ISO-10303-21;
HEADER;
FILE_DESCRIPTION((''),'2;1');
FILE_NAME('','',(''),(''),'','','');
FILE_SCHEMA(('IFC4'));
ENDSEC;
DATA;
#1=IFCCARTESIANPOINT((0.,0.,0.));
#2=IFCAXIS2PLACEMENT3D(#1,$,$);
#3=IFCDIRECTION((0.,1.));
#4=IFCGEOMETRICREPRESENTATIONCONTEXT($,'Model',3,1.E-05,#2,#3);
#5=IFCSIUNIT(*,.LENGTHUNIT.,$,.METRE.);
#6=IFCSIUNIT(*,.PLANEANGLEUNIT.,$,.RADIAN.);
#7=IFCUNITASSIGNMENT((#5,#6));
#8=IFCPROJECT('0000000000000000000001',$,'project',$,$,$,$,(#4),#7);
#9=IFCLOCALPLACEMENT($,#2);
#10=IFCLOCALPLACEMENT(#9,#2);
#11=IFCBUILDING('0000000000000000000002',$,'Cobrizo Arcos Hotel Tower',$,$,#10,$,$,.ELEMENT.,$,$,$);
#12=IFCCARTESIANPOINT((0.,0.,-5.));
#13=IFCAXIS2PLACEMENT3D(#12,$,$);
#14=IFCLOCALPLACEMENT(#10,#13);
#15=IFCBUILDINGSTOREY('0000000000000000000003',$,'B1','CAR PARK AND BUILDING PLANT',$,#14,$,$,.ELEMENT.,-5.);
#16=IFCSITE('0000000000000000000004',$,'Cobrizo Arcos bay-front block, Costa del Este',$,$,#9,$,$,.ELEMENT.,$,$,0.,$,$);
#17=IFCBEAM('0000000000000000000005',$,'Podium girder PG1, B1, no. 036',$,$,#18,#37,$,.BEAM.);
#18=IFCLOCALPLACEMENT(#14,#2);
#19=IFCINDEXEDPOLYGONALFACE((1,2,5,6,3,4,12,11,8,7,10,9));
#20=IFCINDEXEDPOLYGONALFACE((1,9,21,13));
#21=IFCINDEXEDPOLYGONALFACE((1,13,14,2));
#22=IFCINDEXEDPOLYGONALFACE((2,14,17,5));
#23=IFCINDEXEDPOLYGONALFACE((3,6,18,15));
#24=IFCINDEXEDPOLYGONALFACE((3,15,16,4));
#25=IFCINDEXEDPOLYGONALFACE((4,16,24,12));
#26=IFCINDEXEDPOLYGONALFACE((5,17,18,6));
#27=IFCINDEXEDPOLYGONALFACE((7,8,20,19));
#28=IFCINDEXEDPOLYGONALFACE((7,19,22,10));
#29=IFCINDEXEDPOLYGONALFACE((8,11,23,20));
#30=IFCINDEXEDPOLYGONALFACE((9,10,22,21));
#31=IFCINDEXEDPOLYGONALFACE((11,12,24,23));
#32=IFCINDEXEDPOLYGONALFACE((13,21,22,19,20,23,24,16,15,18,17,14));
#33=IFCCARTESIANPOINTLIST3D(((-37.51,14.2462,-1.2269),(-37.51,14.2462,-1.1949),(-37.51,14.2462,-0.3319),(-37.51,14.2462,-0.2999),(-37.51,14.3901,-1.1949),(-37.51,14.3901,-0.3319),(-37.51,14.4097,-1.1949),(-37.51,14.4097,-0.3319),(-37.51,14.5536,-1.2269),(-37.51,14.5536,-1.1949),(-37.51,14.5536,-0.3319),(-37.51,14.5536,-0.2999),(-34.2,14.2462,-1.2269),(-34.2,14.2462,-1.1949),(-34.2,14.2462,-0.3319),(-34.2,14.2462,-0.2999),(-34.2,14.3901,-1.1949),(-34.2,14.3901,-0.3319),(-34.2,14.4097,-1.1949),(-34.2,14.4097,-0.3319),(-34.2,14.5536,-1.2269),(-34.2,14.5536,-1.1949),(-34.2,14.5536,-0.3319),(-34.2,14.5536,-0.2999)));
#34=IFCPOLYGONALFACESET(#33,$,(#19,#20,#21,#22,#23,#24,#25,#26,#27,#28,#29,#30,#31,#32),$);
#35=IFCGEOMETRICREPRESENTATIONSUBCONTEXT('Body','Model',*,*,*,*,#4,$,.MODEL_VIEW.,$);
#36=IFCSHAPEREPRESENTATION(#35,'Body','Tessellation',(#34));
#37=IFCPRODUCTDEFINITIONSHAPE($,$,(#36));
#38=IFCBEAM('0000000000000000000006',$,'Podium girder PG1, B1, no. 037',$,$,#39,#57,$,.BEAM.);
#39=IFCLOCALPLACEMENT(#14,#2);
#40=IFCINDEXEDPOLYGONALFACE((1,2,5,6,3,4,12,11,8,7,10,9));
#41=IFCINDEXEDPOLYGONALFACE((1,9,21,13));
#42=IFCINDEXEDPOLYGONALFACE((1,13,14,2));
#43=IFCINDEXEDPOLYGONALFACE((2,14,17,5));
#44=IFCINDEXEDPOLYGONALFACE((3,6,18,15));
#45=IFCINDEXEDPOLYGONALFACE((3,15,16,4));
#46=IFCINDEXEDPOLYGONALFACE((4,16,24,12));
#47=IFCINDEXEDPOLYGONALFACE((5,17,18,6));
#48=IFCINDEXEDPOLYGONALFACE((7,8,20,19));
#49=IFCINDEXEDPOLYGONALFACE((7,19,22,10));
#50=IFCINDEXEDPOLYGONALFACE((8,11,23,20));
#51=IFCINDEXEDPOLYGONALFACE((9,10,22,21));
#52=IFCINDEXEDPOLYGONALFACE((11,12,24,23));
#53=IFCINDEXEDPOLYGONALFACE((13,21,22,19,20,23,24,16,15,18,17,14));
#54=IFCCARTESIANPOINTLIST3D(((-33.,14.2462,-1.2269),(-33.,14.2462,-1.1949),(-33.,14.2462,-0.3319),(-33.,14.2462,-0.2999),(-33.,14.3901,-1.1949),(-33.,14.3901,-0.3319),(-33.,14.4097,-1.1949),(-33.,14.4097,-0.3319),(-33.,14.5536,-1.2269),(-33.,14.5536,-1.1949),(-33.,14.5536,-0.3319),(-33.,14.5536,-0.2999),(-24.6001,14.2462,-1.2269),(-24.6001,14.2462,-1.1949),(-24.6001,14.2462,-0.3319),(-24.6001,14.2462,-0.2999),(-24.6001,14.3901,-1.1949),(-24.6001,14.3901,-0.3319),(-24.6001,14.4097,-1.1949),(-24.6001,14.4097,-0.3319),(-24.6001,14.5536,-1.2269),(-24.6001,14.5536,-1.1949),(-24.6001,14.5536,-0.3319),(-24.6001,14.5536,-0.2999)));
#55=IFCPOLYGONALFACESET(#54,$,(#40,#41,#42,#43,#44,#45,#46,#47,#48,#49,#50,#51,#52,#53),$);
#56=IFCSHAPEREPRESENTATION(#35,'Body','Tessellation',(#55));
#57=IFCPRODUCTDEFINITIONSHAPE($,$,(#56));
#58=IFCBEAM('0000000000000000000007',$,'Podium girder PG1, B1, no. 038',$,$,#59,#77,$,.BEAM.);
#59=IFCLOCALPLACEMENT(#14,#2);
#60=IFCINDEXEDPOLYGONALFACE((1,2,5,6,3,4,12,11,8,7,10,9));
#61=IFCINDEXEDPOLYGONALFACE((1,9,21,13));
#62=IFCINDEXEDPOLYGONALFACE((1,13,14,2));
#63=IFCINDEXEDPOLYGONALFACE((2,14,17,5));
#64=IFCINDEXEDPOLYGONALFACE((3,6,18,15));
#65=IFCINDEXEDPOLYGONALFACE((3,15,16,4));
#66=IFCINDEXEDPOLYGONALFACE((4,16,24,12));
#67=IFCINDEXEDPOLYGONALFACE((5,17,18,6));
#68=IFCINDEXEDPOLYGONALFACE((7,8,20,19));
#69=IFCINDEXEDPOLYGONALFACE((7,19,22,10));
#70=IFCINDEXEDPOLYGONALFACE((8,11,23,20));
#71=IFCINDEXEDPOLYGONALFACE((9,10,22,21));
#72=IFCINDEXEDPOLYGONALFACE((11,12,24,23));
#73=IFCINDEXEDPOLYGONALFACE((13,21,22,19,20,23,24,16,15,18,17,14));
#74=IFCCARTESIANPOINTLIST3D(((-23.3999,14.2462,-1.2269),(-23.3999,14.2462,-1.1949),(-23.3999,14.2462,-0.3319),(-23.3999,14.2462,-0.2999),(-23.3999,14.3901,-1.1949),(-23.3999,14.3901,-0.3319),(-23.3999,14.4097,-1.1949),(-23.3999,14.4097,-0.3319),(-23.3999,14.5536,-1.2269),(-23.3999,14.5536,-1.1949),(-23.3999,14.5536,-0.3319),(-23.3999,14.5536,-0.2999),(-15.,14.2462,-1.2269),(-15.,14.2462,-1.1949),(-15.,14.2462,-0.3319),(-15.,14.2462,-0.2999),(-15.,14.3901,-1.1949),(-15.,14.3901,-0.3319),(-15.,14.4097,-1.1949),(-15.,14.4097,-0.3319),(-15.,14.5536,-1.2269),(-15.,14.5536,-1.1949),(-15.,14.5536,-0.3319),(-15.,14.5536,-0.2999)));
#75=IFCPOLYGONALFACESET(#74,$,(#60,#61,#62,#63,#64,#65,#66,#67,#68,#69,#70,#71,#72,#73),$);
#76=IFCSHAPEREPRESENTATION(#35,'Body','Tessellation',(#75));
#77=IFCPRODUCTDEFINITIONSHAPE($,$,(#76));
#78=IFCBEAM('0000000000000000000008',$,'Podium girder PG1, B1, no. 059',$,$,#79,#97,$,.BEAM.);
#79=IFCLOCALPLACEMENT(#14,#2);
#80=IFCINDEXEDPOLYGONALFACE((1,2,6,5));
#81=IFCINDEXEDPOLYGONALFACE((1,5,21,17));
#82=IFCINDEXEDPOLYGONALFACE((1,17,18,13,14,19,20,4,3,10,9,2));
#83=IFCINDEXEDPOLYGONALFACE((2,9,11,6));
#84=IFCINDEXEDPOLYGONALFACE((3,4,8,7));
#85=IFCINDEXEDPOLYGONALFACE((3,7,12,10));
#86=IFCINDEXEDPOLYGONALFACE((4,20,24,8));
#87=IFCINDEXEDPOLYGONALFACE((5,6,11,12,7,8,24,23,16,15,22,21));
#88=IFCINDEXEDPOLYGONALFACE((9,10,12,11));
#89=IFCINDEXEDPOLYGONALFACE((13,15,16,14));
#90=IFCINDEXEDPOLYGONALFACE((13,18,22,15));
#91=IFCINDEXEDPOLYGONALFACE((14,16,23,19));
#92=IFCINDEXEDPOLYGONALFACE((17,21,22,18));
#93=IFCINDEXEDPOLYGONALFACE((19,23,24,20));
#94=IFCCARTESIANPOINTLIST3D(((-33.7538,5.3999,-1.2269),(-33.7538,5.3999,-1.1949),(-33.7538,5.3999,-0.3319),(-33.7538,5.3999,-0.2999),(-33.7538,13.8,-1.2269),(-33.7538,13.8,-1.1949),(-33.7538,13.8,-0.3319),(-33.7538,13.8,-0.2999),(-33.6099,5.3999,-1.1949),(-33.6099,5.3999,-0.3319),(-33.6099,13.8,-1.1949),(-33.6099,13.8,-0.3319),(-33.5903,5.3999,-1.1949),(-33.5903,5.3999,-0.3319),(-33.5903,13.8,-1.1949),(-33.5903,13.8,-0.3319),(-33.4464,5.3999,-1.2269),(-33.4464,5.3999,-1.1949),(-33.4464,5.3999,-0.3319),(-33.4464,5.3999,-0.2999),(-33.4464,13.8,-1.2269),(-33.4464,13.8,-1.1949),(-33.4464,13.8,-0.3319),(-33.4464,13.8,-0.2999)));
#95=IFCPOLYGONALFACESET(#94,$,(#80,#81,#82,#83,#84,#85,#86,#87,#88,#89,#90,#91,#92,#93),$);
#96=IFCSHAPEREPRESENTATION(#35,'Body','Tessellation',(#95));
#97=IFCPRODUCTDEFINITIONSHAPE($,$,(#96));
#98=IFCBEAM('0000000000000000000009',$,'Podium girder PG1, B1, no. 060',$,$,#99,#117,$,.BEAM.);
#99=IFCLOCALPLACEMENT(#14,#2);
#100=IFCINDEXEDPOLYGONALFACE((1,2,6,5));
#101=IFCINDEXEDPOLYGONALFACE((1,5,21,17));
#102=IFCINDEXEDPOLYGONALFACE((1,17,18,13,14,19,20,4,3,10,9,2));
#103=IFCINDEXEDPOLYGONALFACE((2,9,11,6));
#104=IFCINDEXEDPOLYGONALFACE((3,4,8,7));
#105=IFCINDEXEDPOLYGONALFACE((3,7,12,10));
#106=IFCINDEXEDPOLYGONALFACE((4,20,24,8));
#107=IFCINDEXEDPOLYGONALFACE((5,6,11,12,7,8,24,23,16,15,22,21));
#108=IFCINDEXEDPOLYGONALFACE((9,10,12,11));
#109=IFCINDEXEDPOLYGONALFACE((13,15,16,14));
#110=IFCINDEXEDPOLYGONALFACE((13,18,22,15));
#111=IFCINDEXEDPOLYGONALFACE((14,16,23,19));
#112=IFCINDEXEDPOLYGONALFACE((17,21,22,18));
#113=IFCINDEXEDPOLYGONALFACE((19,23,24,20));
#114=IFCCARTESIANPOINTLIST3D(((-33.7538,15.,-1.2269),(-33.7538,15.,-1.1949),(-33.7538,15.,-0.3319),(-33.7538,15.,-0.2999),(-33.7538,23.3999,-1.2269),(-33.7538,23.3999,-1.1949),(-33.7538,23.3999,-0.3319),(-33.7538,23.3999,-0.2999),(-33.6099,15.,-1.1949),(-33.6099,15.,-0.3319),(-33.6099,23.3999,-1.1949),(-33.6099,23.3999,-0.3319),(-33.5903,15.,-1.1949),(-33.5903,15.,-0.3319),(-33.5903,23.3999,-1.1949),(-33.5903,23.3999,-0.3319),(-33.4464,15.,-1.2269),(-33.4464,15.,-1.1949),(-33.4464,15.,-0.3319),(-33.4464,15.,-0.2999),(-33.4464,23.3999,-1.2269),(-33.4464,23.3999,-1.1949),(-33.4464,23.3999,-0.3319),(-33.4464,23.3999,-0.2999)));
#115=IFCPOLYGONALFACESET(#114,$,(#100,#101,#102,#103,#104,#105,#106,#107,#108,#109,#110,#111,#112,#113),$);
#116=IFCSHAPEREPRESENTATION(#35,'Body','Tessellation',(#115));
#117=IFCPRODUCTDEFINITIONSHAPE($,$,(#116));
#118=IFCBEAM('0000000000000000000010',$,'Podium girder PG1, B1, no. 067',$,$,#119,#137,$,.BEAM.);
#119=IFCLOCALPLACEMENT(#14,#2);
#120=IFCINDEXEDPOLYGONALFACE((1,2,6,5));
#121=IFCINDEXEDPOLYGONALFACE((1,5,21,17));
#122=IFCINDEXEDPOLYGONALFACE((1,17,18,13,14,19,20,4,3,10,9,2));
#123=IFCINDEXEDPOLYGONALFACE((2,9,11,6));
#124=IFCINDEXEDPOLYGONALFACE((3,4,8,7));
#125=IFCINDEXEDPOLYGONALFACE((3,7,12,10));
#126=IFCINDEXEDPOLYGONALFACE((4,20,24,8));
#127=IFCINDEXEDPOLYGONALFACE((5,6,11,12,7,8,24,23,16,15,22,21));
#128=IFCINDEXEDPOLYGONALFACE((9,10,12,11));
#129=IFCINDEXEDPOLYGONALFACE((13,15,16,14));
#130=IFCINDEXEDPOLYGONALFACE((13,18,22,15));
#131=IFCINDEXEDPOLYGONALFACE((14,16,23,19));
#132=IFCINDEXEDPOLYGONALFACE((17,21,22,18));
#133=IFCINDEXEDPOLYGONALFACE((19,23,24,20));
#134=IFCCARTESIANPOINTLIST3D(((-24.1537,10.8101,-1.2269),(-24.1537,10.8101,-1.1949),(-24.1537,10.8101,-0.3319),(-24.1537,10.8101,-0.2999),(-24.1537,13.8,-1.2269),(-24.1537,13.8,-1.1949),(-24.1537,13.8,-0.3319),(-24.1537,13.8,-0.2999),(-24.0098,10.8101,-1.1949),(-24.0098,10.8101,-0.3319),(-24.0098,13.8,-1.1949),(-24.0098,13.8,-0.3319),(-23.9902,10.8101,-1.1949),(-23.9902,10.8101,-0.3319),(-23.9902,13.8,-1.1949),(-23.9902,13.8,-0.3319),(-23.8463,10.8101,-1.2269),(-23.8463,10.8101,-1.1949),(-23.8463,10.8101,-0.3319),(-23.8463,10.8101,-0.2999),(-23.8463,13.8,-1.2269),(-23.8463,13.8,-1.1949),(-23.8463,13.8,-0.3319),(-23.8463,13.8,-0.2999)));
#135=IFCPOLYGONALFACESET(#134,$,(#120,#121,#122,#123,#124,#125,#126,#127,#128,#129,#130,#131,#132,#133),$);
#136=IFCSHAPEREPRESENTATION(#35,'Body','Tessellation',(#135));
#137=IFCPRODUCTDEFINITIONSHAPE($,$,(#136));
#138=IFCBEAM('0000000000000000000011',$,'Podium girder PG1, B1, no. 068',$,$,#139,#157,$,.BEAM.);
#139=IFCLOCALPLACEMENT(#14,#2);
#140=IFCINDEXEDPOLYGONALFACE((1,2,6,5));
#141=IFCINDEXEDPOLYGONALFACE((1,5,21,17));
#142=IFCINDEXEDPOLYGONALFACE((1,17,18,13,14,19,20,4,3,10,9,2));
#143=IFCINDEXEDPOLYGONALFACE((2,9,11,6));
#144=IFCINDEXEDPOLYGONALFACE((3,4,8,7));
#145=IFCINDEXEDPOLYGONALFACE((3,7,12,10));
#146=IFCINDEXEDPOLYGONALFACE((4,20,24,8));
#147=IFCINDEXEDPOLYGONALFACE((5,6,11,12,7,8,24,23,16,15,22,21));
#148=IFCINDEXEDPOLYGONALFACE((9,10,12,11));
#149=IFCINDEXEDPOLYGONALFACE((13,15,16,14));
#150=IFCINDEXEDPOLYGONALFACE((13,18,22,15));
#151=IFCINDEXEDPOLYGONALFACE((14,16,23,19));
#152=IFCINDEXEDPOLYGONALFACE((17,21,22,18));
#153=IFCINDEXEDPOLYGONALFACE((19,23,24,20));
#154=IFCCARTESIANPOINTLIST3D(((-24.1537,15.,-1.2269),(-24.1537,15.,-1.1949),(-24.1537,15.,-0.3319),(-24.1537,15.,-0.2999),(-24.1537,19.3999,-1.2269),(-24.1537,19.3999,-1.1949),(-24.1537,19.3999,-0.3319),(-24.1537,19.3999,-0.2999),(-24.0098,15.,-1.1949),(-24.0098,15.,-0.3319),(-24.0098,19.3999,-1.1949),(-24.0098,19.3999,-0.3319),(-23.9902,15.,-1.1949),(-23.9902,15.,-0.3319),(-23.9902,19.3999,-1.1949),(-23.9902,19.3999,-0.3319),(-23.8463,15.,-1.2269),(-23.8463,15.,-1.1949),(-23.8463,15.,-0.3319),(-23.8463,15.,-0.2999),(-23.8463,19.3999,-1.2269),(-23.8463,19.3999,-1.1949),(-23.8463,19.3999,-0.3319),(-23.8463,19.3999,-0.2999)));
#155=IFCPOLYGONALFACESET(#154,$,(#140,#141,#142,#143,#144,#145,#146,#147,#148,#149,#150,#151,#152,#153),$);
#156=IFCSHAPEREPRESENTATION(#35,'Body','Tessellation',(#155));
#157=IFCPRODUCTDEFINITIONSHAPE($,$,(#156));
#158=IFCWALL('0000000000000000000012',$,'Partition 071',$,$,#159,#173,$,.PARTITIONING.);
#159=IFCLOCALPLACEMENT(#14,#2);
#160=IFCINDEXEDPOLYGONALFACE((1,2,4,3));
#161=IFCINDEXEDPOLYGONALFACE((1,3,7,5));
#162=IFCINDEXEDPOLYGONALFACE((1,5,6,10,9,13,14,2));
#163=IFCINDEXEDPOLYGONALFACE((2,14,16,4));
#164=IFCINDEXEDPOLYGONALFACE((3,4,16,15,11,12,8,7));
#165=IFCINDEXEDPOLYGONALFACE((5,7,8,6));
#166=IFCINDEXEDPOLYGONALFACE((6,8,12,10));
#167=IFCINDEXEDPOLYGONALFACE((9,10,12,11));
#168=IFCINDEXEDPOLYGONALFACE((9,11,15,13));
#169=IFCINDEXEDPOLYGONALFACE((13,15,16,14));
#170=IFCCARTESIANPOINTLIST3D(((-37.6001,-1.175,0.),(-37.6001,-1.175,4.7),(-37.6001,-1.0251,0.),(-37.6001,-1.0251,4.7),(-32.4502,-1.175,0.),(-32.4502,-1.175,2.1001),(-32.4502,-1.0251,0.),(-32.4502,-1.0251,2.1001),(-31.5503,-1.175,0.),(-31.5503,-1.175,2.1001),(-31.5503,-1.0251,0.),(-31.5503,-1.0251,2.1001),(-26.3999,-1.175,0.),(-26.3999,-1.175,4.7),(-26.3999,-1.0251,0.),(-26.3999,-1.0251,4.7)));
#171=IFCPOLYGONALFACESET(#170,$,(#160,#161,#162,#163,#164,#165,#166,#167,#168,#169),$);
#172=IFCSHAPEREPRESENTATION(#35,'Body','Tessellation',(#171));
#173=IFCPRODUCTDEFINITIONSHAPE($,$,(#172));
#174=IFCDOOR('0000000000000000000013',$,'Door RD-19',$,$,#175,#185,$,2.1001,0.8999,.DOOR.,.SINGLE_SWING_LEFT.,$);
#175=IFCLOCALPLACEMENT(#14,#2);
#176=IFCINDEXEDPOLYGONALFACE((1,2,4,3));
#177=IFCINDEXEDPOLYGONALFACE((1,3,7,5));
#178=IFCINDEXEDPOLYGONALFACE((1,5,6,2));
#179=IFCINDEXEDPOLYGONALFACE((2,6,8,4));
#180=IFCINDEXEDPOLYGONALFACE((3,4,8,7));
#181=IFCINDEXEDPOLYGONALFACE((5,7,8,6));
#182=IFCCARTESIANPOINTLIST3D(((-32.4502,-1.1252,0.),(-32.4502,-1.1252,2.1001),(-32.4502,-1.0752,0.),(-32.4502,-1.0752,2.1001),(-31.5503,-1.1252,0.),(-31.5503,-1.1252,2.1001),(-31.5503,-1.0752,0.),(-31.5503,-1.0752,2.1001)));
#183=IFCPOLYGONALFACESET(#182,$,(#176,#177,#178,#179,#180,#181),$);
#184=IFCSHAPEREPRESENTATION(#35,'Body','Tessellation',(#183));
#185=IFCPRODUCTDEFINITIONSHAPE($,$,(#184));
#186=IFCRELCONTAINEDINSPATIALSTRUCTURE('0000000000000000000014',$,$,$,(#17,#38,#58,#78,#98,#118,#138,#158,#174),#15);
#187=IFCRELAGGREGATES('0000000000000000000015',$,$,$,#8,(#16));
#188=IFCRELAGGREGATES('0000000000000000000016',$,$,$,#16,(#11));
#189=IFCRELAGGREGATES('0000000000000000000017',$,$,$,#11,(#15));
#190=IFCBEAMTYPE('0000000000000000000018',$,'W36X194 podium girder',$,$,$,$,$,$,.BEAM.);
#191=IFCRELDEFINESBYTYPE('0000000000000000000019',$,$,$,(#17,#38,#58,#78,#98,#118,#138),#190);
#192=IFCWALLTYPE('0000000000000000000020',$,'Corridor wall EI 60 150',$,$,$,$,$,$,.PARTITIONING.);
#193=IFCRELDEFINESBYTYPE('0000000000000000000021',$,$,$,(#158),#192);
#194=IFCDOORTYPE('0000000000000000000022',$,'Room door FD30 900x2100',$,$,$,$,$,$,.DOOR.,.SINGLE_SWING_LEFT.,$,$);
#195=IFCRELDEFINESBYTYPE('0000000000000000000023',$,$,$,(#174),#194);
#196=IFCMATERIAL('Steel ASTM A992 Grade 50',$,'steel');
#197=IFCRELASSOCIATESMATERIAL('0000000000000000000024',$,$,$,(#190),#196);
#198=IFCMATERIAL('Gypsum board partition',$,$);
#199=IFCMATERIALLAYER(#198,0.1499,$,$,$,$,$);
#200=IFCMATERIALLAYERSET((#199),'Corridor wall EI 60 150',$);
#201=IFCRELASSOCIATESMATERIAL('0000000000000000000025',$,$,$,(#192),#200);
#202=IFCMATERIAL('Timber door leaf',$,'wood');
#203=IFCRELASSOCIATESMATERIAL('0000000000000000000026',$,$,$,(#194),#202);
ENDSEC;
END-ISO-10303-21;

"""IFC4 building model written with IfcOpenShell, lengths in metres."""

from ifc_helpers import new_model, si_unit, direction, frame, frame_2d, origin, origin_2d, place, context, subcontext, project, spatial, rectangle, i_section, extrude, material, layer, layer_set, material_profile, profile_set, type_object, element, fill, save


model = new_model("IFC4")

# Units and contexts
model_context = context("Model", 3, precision=1e-05, world=origin(), true_north=direction((0.0, 1.0)))
body_context = subcontext(model_context, "Body", "Model", "MODEL_VIEW")
ifc_project = project(units=[si_unit("LENGTHUNIT", "METRE"), si_unit("PLANEANGLEUNIT", "RADIAN")], contexts=[model_context])

# Site, building, storey
site_placement = place(None, origin())
site = spatial("IfcSite", under=ifc_project, at=site_placement, Name="Cobrizo Arcos bay-front block, Costa del Este", CompositionType="ELEMENT", RefElevation=0.0)
building_placement = place(site_placement, origin())
building = spatial("IfcBuilding", under=site, at=building_placement, Name="Cobrizo Arcos Hotel Tower", CompositionType="ELEMENT")
storey_placement = place(building_placement, frame((0.0, 0.0, -5.0)))
storey = spatial("IfcBuildingStorey", under=building, at=storey_placement, Name="B1", Description="CAR PARK AND BUILDING PLANT", CompositionType="ELEMENT", Elevation=-5.0)

# Beams
ifc_material_1 = material(Name="Steel ASTM A992 Grade 50", Category="steel")
ifc_material_profile_1 = material_profile(ifc_material_1, i_section(OverallWidth=0.3074, OverallDepth=0.927, WebThickness=0.0195, FlangeThickness=0.032, at=origin_2d()), Name="W36X194")
ifc_profile_set_1 = profile_set([ifc_material_profile_1], Name="Steel ASTM A992 Grade 50")
beam_type_1 = type_object("IfcBeamType", Name="W36X194 podium girder", PredefinedType="BEAM", material=ifc_profile_set_1)
beam_1_placement = place(storey_placement, frame((-37.51, 14.3999, -0.7634), z_axis=(1.0, 0.0, 0.0), x_axis=(0.0, 1.0, 0.0)))
element("IfcBeam", 1, at=beam_1_placement, inside=storey, type_object=beam_type_1, Name="Podium girder PG1, B1, no. 036", PredefinedType="BEAM", context=body_context, shape_type="SweptSolid", body=[
    extrude(i_section(OverallWidth=0.3074, OverallDepth=0.927, WebThickness=0.0195, FlangeThickness=0.032, at=origin_2d()), origin(), (0.0, 0.0, 1.0), 3.3101),
])
for number, where, z_axis, x_axis, name in (
    (2, (-33.0, 14.3999, -0.7634), (1.0, 0.0, 0.0), (0.0, 1.0, 0.0), "Podium girder PG1, B1, no. 037"),
    (3, (-23.3999, 14.3999, -0.7634), (1.0, 0.0, 0.0), (0.0, 1.0, 0.0), "Podium girder PG1, B1, no. 038"),
):
    element("IfcBeam", number, at=place(storey_placement, frame(where, z_axis=z_axis, x_axis=x_axis)), inside=storey, type_object=beam_type_1, Name=name, PredefinedType="BEAM", context=body_context, shape_type="SweptSolid", body=[
        extrude(i_section(OverallWidth=0.3074, OverallDepth=0.927, WebThickness=0.0195, FlangeThickness=0.032, at=origin_2d()), origin(), (0.0, 0.0, 1.0), 8.3999),
    ])
beam_2_placement = place(storey_placement, frame((-33.6001, 5.3999, -0.7634), z_axis=(0.0, 1.0, 0.0), x_axis=(-1.0, 0.0, 0.0)))
element("IfcBeam", 4, at=beam_2_placement, inside=storey, type_object=beam_type_1, Name="Podium girder PG1, B1, no. 059", PredefinedType="BEAM", context=body_context, shape_type="SweptSolid", body=[
    extrude(i_section(OverallWidth=0.3074, OverallDepth=0.927, WebThickness=0.0195, FlangeThickness=0.032, at=origin_2d()), origin(), (0.0, 0.0, 1.0), 8.4001),
])
beam_3_placement = place(storey_placement, frame((-33.6001, 15.0, -0.7634), z_axis=(0.0, 1.0, 0.0), x_axis=(-1.0, 0.0, 0.0)))
element("IfcBeam", 5, at=beam_3_placement, inside=storey, type_object=beam_type_1, Name="Podium girder PG1, B1, no. 060", PredefinedType="BEAM", context=body_context, shape_type="SweptSolid", body=[
    extrude(i_section(OverallWidth=0.3074, OverallDepth=0.927, WebThickness=0.0195, FlangeThickness=0.032, at=origin_2d()), origin(), (0.0, 0.0, 1.0), 8.3999),
])
beam_4_placement = place(storey_placement, frame((-24.0, 10.8101, -0.7634), z_axis=(0.0, 1.0, 0.0), x_axis=(-1.0, 0.0, 0.0)))
element("IfcBeam", 6, at=beam_4_placement, inside=storey, type_object=beam_type_1, Name="Podium girder PG1, B1, no. 067", PredefinedType="BEAM", context=body_context, shape_type="SweptSolid", body=[
    extrude(i_section(OverallWidth=0.3074, OverallDepth=0.927, WebThickness=0.0195, FlangeThickness=0.032, at=origin_2d()), origin(), (0.0, 0.0, 1.0), 2.99),
])
beam_5_placement = place(storey_placement, frame((-24.0, 15.0, -0.7634), z_axis=(0.0, 1.0, 0.0), x_axis=(-1.0, 0.0, 0.0)))
element("IfcBeam", 7, at=beam_5_placement, inside=storey, type_object=beam_type_1, Name="Podium girder PG1, B1, no. 068", PredefinedType="BEAM", context=body_context, shape_type="SweptSolid", body=[
    extrude(i_section(OverallWidth=0.3074, OverallDepth=0.927, WebThickness=0.0195, FlangeThickness=0.032, at=origin_2d()), origin(), (0.0, 0.0, 1.0), 4.3999),
])

# Wall, opening, door
ifc_material_2 = material(Name="Gypsum board partition")
ifc_layer_1 = layer(ifc_material_2, 0.1499)
ifc_layer_set_1 = layer_set([ifc_layer_1], Name="Corridor wall EI 60 150")
wall_type_1 = type_object("IfcWallType", Name="Corridor wall EI 60 150", PredefinedType="PARTITIONING", material=ifc_layer_set_1)
wall_1_placement = place(storey_placement, frame((-37.6001, -1.1001, 0.0), z_axis=(0.0, 0.0, 1.0), x_axis=(1.0, 0.0, 0.0)))
wall_1 = element("IfcWall", 8, at=wall_1_placement, inside=storey, type_object=wall_type_1, Name="Partition 071", PredefinedType="PARTITIONING", context=body_context, shape_type="SweptSolid", body=[
    extrude(rectangle(XDim=11.2002, YDim=0.1499, at=frame_2d((5.6001, 0.0))), origin(), (0.0, 0.0, 1.0), 4.7),
])
opening_1_placement = place(wall_1_placement, frame((5.1499, 0.0, 0.0)))
opening_1 = element("IfcOpeningElement", 9, at=opening_1_placement, cuts=wall_1, PredefinedType="OPENING", context=body_context, shape_type="SweptSolid", body=[
    extrude(rectangle(XDim=0.8999, YDim=2.1001, at=frame_2d((0.45, 1.05))), frame((0.0, 0.0869, 0.0), z_axis=(0.0, -1.0, 0.0), x_axis=(1.0, 0.0, 0.0)), (0.0, 0.0, 1.0), 0.1738),
])
ifc_material_3 = material(Name="Timber door leaf", Category="wood")
door_type = type_object("IfcDoorType", Name="Room door FD30 900x2100", OperationType="SINGLE_SWING_LEFT", PredefinedType="DOOR", material=ifc_material_3)
door_1_placement = place(opening_1_placement, origin())
door_1 = element("IfcDoor", 10, at=door_1_placement, inside=storey, type_object=door_type, Name="Door RD-19", OperationType="SINGLE_SWING_LEFT", OverallHeight=2.1001, OverallWidth=0.8999, PredefinedType="DOOR", context=body_context, shape_type="SweptSolid", body=[
    extrude(rectangle(XDim=0.8999, YDim=2.1001, at=frame_2d((0.45, 1.05))), frame((0.0, 0.0249, 0.0), z_axis=(0.0, -1.0, 0.0), x_axis=(1.0, 0.0, 0.0)), (0.0, 0.0, 1.0), 0.05),
])
fill(opening_1, door_1)

save(model, "model.ifc")
